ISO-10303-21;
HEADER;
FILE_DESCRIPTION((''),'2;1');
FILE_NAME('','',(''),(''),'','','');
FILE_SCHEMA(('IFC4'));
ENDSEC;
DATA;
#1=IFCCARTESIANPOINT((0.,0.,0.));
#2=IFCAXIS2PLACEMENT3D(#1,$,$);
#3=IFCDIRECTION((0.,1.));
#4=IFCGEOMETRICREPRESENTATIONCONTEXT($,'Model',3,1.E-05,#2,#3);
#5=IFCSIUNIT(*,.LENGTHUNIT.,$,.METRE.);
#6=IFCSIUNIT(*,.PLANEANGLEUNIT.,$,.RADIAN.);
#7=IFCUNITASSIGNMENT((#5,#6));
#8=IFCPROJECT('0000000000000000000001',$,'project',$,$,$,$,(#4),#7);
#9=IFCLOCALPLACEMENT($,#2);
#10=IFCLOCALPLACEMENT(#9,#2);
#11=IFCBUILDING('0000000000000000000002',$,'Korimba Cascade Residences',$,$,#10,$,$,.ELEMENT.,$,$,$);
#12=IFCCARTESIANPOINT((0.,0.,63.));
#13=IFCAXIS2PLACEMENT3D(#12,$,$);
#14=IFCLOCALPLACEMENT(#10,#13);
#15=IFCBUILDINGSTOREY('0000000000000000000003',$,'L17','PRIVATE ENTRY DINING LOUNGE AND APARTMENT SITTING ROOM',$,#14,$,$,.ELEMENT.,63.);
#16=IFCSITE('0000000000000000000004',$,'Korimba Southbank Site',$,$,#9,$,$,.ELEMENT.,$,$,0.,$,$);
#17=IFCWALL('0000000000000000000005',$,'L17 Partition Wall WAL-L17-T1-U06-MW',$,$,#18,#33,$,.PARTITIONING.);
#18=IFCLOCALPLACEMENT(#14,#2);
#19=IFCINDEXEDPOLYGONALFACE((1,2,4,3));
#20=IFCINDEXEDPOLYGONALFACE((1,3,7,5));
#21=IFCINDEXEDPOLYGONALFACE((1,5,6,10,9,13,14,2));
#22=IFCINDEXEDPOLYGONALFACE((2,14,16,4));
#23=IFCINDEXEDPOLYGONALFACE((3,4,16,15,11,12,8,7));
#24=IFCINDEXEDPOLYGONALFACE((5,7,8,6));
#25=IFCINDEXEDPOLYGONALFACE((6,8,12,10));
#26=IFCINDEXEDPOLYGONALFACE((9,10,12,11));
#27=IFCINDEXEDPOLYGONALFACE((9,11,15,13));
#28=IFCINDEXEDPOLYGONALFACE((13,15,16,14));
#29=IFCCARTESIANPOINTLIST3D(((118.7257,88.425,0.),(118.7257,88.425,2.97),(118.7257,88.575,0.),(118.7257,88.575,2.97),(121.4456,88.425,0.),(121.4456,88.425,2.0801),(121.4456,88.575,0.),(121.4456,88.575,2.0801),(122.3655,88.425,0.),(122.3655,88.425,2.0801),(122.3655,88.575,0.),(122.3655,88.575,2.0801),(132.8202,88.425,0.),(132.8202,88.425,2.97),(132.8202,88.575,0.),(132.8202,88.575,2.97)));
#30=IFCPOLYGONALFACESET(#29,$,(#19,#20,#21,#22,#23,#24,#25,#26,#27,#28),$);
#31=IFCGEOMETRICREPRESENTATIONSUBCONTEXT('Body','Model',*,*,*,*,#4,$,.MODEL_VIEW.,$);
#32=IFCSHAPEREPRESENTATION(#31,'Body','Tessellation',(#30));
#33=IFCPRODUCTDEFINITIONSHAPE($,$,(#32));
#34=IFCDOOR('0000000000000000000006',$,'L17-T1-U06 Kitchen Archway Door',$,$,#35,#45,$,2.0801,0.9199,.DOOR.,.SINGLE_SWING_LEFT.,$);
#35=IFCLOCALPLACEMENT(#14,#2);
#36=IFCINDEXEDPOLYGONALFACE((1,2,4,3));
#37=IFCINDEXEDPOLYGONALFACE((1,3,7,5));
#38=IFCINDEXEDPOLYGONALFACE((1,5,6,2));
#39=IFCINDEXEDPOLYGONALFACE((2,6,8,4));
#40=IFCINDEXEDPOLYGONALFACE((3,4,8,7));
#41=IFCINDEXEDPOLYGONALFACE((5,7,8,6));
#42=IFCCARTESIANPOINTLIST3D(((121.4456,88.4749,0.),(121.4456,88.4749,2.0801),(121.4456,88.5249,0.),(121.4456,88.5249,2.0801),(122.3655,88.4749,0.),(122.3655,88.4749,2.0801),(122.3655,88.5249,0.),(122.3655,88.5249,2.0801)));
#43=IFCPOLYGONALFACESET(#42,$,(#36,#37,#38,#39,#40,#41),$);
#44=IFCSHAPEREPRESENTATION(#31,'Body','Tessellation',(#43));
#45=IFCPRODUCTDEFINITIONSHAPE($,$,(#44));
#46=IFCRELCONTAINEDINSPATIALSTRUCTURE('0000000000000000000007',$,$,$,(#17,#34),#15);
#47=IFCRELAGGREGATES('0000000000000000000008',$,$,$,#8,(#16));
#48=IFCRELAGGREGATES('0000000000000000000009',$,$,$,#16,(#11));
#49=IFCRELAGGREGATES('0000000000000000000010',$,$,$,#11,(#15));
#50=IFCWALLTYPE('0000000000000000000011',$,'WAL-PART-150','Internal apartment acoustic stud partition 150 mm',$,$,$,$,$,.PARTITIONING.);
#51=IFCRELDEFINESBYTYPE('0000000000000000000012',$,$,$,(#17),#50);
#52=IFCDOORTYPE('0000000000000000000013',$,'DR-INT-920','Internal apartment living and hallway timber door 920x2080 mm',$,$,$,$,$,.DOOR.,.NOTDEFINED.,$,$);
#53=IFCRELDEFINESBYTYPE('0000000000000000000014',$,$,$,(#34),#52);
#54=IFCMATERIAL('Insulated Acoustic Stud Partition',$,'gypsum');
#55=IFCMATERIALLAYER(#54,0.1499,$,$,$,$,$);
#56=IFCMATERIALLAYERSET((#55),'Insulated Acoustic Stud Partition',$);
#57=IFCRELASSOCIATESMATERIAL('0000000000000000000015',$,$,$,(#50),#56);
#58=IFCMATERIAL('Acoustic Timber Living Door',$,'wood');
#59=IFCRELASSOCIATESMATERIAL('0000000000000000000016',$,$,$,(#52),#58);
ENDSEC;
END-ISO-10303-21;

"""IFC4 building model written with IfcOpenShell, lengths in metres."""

from ifc_helpers import new_model, si_unit, direction, frame, frame_2d, origin, place, context, subcontext, project, spatial, rectangle, extrude, material, layer, layer_set, type_object, element, fill, save


model = new_model("IFC4")

# Units and contexts
model_context = context("Model", 3, precision=1e-05, world=origin(), true_north=direction((0.0, 1.0)))
body_context = subcontext(model_context, "Body", "Model", "MODEL_VIEW")
ifc_project = project(units=[si_unit("LENGTHUNIT", "METRE"), si_unit("PLANEANGLEUNIT", "RADIAN")], contexts=[model_context])

# Site, building, storey
site_placement = place(None, origin())
site = spatial("IfcSite", under=ifc_project, at=site_placement, Name="Korimba Southbank Site", CompositionType="ELEMENT", RefElevation=0.0)
building_placement = place(site_placement, origin())
building = spatial("IfcBuilding", under=site, at=building_placement, Name="Korimba Cascade Residences", CompositionType="ELEMENT")
storey_placement = place(building_placement, frame((0.0, 0.0, 63.0)))
storey = spatial("IfcBuildingStorey", under=building, at=storey_placement, Name="L17", Description="PRIVATE ENTRY DINING LOUNGE AND APARTMENT SITTING ROOM", CompositionType="ELEMENT", Elevation=63.0)

# Shared definitions
ifc_material_1 = material(Name="Insulated Acoustic Stud Partition", Category="gypsum")
ifc_layer_1 = layer(ifc_material_1, 0.1499)
ifc_layer_set_1 = layer_set([ifc_layer_1], Name="Insulated Acoustic Stud Partition")
wall_type_1 = type_object("IfcWallType", Name="WAL-PART-150", Description="Internal apartment acoustic stud partition 150 mm", PredefinedType="PARTITIONING", material=ifc_layer_set_1)

# Wall, opening, door
wall_1_placement = place(storey_placement, frame((118.7256, 88.5, 0.0), z_axis=(0.0, 0.0, 1.0), x_axis=(1.0, 0.0, 0.0)))
wall_1 = element("IfcWall", 1, at=wall_1_placement, inside=storey, type_object=wall_type_1, Name="L17 Partition Wall WAL-L17-T1-U06-MW", PredefinedType="PARTITIONING", context=body_context, shape_type="SweptSolid", body=[
    extrude(rectangle(XDim=14.0945, YDim=0.1499, at=frame_2d((7.0474, 0.0))), origin(), (0.0, 0.0, 1.0), 2.97),
])
opening_1_placement = place(wall_1_placement, frame((2.72, 0.0, 0.0)))
opening_1 = element("IfcOpeningElement", 2, at=opening_1_placement, cuts=wall_1, PredefinedType="OPENING", context=body_context, shape_type="SweptSolid", body=[
    extrude(rectangle(XDim=0.9199, YDim=2.0801, at=frame_2d((0.46, 1.04))), frame((0.0, 0.085, 0.0), z_axis=(0.0, -1.0, 0.0), x_axis=(1.0, 0.0, 0.0)), (0.0, 0.0, 1.0), 0.1699),
])
ifc_material_2 = material(Name="Acoustic Timber Living Door", Category="wood")
door_type_1 = type_object("IfcDoorType", Name="DR-INT-920", Description="Internal apartment living and hallway timber door 920x2080 mm", OperationType="NOTDEFINED", PredefinedType="DOOR", material=ifc_material_2)
door_1_placement = place(opening_1_placement, origin())
door_1 = element("IfcDoor", 3, at=door_1_placement, inside=storey, type_object=door_type_1, Name="L17-T1-U06 Kitchen Archway Door", OperationType="SINGLE_SWING_LEFT", OverallHeight=2.0801, OverallWidth=0.9199, PredefinedType="DOOR", context=body_context, shape_type="SweptSolid", body=[
    extrude(rectangle(XDim=0.9199, YDim=2.0801, at=frame_2d((0.46, 1.04))), frame((0.0, 0.0249, 0.0), z_axis=(0.0, -1.0, 0.0), x_axis=(1.0, 0.0, 0.0)), (0.0, 0.0, 1.0), 0.05),
])
fill(opening_1, door_1)

save(model, "model.ifc")
